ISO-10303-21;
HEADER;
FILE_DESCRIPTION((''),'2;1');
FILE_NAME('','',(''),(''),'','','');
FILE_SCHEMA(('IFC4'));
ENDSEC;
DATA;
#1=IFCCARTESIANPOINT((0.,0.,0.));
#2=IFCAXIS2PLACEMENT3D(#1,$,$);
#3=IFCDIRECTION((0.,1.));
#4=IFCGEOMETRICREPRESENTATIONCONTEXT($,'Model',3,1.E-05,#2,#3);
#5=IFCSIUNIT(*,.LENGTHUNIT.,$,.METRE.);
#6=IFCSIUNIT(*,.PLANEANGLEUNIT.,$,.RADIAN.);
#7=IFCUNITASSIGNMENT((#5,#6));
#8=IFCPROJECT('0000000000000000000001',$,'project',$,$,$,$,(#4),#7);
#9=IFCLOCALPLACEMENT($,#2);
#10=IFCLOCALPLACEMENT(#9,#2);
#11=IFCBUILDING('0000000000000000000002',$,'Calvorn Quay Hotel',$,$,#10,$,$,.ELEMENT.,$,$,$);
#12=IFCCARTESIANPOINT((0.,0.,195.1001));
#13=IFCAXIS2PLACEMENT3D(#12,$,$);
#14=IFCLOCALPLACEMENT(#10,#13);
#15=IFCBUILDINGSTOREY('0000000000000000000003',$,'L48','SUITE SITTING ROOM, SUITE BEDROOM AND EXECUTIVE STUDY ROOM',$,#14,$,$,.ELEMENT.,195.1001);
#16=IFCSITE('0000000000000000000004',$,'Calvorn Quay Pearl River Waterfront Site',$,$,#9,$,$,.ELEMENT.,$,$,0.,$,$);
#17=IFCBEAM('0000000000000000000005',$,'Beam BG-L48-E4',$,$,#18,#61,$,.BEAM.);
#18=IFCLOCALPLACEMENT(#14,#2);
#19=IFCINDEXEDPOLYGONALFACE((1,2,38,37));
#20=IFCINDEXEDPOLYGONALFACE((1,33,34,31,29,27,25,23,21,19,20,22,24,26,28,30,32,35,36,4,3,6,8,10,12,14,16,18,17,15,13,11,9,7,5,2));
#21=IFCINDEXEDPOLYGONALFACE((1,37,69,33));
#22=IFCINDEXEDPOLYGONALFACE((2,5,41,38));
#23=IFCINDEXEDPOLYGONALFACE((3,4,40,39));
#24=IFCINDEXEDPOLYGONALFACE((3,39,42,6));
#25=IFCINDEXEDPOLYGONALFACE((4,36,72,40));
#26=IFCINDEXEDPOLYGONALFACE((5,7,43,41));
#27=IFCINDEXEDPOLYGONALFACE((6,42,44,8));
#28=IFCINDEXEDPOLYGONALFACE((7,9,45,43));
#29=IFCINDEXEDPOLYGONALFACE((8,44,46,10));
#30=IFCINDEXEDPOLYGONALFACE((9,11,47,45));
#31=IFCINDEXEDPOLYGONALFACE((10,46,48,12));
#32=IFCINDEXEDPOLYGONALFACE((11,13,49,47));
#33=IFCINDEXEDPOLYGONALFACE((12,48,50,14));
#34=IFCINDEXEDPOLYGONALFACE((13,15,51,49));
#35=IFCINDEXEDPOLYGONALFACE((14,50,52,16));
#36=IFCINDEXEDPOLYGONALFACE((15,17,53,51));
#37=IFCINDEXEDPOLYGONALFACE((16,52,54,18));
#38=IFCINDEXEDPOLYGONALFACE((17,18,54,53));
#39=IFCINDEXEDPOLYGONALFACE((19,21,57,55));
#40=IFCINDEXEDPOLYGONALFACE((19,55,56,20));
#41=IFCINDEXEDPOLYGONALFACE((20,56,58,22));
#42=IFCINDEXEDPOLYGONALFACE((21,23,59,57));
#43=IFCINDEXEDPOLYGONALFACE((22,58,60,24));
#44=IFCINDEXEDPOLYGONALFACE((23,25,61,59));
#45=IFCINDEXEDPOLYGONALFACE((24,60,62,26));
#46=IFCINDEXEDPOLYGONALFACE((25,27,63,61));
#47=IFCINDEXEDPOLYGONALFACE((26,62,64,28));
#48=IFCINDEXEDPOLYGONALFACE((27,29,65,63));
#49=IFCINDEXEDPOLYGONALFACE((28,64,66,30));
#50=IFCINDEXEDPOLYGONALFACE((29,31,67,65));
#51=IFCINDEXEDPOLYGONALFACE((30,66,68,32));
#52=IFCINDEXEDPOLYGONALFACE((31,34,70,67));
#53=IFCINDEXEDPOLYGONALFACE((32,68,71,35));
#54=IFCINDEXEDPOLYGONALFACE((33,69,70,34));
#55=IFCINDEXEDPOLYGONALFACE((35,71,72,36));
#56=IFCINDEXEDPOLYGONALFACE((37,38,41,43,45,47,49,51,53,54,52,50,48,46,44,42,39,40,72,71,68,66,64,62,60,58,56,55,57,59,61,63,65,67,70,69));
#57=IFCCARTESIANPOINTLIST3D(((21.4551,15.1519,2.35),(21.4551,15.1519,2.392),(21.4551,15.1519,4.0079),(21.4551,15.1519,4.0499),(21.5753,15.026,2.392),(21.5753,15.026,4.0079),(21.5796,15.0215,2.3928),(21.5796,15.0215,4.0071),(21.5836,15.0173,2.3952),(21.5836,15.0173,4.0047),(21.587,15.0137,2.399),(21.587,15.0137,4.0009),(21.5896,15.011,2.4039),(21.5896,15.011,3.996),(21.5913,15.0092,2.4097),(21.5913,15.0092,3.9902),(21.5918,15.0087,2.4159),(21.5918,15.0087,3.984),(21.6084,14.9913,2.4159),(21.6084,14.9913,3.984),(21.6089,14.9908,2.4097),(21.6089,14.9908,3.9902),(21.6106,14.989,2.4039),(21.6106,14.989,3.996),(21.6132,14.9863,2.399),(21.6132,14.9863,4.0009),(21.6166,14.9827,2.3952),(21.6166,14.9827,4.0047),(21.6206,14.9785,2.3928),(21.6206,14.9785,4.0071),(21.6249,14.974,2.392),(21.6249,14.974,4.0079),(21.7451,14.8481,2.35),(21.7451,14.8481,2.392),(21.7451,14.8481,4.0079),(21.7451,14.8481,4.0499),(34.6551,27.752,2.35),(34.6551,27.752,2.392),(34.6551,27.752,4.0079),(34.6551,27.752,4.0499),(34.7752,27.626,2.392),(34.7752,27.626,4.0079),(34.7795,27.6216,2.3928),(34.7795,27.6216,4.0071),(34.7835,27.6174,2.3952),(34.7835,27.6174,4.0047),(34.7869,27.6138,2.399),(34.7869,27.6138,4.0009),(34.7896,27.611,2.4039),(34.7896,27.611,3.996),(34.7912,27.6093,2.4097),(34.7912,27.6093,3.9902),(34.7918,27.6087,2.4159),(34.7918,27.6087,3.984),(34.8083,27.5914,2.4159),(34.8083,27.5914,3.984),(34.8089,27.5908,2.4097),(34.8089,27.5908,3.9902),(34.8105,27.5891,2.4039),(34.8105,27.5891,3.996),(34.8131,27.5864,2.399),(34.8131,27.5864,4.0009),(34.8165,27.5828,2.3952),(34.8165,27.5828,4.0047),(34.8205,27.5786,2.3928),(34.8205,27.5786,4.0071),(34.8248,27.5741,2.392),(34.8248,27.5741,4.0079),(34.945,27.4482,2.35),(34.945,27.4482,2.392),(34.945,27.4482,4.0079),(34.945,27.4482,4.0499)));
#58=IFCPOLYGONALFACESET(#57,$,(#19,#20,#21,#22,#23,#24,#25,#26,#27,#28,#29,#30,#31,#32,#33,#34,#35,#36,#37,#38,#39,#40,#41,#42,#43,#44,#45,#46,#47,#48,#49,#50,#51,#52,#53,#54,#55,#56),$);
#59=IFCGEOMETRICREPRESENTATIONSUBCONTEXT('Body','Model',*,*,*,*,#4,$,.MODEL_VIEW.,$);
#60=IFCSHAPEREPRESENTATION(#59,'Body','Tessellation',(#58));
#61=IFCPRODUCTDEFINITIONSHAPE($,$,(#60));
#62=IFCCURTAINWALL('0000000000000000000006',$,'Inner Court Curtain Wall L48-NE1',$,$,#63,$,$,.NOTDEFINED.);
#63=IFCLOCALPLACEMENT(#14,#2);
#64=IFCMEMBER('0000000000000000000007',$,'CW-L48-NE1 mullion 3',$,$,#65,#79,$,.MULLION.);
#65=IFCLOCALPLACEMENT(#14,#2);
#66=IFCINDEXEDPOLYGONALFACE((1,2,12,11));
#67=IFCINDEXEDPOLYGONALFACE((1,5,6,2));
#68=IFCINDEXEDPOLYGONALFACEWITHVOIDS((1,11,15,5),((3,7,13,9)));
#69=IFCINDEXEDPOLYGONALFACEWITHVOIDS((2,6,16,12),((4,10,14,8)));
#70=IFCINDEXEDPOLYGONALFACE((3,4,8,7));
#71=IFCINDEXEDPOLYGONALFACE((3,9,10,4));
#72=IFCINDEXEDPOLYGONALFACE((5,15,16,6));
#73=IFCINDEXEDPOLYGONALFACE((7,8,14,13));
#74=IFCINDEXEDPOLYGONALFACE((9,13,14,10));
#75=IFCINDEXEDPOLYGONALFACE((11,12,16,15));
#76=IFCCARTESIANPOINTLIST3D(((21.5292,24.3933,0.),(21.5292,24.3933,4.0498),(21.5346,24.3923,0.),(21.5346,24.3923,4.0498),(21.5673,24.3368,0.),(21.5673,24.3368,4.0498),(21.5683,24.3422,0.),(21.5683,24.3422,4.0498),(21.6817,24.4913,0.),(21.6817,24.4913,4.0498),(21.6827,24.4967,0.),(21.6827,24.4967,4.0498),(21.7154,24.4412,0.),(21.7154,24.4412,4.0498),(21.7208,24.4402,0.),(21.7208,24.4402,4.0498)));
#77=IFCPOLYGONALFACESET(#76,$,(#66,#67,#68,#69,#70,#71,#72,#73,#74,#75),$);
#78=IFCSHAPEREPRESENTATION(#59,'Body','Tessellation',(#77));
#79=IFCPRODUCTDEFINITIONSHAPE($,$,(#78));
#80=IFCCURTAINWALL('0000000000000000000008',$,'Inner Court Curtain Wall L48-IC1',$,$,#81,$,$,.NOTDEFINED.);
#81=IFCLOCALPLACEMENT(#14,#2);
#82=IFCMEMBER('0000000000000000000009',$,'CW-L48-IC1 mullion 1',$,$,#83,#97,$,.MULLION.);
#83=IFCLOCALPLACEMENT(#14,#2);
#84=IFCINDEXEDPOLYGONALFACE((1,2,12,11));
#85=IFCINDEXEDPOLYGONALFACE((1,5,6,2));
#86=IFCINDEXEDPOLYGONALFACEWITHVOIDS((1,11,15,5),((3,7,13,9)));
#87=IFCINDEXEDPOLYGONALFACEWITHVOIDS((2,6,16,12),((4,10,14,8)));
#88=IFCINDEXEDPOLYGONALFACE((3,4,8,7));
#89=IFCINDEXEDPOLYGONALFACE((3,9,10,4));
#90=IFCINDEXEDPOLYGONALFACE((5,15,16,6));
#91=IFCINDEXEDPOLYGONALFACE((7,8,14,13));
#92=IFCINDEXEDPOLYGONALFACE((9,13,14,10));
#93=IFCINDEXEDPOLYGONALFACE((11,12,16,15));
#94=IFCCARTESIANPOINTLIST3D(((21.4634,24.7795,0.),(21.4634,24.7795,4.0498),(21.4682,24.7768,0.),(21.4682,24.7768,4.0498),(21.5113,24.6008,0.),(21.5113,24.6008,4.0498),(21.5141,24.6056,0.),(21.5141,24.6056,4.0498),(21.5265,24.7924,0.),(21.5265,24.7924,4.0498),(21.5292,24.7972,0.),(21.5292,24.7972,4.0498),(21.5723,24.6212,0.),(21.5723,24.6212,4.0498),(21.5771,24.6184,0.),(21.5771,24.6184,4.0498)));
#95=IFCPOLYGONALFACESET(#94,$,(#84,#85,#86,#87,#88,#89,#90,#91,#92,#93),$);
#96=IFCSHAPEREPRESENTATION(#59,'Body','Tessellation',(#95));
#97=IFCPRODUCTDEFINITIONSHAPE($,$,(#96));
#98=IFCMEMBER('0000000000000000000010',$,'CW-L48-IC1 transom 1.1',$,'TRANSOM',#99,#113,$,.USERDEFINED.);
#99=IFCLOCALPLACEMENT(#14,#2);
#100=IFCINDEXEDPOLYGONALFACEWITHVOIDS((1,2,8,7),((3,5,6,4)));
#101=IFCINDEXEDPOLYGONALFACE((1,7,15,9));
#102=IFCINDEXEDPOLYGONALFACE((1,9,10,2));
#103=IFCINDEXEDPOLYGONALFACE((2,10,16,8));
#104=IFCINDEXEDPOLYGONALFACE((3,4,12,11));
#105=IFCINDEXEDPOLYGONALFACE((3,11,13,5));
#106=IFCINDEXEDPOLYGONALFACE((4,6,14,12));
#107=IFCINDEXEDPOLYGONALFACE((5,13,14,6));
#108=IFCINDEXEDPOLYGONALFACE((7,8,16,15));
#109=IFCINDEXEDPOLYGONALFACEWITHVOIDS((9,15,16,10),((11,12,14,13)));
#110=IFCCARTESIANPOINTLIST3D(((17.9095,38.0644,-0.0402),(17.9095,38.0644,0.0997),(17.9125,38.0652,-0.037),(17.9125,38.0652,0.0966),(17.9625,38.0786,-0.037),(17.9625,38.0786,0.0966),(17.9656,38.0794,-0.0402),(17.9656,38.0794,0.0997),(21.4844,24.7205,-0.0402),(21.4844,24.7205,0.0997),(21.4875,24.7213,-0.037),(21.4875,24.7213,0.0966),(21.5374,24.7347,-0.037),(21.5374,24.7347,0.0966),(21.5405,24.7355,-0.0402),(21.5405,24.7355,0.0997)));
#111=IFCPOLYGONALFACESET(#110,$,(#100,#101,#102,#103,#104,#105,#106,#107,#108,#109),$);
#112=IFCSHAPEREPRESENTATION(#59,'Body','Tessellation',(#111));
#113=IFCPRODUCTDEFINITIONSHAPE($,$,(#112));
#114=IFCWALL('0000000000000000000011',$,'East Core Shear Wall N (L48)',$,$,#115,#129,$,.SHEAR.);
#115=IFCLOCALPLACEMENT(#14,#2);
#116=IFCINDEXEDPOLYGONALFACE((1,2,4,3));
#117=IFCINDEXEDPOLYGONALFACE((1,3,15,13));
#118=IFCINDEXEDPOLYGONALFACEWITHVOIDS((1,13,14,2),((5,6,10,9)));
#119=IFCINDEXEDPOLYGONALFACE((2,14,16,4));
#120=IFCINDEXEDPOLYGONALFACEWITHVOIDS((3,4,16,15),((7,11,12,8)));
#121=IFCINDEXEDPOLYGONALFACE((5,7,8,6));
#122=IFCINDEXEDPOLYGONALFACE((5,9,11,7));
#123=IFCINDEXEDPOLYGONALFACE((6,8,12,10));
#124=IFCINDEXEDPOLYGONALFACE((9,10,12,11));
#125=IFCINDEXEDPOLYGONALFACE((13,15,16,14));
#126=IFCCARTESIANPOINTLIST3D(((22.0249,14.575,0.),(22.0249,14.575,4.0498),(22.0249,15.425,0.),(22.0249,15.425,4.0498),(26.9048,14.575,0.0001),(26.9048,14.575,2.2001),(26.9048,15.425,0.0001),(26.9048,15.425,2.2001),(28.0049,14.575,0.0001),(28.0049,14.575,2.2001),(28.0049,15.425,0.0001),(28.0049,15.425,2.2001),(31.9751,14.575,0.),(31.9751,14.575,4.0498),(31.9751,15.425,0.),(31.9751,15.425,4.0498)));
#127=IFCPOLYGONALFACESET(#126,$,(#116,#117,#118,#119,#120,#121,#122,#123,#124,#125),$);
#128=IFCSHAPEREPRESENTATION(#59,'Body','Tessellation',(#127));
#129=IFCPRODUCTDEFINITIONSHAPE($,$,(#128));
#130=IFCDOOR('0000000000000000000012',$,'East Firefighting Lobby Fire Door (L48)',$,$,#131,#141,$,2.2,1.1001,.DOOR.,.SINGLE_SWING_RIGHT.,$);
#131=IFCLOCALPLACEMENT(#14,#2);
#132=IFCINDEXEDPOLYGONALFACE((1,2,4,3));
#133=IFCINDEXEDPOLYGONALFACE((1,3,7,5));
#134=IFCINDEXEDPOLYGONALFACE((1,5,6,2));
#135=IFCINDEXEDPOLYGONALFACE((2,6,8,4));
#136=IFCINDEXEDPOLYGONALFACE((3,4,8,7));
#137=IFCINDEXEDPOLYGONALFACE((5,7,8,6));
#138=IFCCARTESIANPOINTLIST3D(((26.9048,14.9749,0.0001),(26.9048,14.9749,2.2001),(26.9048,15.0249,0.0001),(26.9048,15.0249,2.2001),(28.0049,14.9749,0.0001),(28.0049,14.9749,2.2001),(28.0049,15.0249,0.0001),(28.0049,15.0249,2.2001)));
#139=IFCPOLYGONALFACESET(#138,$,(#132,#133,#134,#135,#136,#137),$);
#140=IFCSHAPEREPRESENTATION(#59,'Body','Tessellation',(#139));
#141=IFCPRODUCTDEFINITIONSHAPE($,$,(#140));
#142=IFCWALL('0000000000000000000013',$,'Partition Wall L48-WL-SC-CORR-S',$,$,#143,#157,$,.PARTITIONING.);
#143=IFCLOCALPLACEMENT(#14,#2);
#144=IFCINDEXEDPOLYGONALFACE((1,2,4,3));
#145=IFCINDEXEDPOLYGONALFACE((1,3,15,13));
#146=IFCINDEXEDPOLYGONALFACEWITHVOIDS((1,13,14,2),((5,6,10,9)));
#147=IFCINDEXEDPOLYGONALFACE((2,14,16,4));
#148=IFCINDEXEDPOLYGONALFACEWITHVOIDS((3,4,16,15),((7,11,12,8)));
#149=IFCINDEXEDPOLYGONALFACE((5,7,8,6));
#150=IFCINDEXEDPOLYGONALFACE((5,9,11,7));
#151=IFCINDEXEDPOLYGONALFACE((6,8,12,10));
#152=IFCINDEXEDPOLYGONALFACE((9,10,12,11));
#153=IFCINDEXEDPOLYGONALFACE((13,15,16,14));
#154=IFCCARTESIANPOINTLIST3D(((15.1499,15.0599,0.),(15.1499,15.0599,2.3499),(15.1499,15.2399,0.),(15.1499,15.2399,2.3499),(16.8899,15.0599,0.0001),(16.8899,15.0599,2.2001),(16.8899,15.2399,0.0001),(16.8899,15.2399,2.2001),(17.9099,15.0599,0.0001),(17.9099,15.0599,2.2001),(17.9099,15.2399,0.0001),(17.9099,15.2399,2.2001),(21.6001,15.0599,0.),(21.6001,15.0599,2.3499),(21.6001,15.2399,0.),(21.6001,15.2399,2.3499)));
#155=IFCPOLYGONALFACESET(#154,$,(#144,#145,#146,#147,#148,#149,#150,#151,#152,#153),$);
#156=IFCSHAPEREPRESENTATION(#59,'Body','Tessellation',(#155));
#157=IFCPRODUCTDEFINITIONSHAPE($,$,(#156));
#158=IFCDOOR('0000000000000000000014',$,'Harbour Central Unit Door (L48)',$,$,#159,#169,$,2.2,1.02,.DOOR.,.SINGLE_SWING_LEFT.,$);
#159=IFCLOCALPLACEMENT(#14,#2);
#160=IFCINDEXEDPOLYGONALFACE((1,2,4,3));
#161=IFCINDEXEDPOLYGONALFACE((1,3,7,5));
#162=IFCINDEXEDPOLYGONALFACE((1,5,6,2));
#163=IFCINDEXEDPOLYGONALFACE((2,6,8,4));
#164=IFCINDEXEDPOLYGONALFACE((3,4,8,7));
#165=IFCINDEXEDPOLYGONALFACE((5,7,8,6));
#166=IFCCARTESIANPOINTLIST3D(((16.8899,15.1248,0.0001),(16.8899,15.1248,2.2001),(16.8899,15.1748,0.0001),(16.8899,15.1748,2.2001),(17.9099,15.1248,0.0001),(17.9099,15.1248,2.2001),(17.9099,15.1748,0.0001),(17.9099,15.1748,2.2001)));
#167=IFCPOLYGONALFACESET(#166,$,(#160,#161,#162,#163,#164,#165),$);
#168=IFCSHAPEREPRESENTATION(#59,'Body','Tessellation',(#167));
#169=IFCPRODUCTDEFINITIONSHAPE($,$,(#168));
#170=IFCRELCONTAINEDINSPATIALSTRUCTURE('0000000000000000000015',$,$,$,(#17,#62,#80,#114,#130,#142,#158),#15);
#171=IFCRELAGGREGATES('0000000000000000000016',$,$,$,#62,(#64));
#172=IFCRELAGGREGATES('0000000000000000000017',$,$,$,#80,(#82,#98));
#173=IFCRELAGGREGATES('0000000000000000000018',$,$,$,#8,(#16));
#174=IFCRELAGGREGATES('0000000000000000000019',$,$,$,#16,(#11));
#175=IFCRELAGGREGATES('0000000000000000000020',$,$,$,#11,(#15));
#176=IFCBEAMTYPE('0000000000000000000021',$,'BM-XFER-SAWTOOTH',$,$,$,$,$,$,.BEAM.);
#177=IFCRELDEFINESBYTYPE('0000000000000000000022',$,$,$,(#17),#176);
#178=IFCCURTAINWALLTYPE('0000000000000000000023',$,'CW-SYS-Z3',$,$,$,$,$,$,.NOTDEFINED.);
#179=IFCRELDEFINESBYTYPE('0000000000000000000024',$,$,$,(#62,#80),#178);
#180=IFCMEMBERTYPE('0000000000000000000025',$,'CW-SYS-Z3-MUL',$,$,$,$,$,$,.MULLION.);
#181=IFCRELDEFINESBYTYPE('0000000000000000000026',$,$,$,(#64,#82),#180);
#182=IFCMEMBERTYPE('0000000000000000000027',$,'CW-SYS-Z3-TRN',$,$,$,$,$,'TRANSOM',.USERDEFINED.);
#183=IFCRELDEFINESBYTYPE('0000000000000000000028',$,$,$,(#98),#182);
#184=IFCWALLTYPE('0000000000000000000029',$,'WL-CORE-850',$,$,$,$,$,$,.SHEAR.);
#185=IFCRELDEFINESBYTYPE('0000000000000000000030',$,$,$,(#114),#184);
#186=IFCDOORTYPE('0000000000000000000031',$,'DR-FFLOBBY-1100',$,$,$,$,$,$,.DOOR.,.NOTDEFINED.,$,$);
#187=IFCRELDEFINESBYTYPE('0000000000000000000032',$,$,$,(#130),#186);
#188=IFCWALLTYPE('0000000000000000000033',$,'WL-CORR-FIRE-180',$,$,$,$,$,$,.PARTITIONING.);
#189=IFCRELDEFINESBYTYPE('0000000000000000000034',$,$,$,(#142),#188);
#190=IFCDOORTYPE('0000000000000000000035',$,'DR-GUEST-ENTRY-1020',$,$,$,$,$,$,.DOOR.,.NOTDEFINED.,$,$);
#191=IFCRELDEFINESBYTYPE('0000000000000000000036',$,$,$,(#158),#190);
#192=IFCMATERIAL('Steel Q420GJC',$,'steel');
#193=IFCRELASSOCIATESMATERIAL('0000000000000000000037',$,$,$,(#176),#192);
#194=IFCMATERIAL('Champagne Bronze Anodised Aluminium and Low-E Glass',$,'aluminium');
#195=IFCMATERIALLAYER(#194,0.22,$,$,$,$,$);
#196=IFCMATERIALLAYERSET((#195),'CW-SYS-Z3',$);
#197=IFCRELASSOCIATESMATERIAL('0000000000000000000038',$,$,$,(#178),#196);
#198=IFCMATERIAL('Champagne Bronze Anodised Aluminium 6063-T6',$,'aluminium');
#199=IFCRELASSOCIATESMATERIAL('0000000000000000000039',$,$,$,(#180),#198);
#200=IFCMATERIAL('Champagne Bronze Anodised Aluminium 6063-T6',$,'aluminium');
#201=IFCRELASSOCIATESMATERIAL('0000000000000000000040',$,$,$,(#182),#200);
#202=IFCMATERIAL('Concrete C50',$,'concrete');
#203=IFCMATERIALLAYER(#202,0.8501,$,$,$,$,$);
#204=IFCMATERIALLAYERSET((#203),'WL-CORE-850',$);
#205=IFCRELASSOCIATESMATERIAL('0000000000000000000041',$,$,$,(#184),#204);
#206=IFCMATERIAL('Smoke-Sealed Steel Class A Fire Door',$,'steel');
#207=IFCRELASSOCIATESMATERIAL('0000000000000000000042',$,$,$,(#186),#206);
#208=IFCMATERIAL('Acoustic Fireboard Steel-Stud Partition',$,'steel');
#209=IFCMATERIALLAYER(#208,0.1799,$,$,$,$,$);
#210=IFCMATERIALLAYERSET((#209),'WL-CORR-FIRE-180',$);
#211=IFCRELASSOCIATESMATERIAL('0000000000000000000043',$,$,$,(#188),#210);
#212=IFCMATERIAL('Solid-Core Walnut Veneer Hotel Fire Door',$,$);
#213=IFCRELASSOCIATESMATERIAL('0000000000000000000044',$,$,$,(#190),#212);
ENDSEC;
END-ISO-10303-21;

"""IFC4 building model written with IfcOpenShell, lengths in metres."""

from ifc_helpers import new_model, si_unit, direction, frame, frame_2d, origin, origin_2d, place, context, subcontext, project, spatial, rectangle, hollow_rectangle, i_section, extrude, material, layer, layer_set, material_profile, profile_set, type_object, element, fill, aggregate, save


model = new_model("IFC4")

# Units and contexts
model_context = context("Model", 3, precision=1e-05, world=origin(), true_north=direction((0.0, 1.0)))
body_context = subcontext(model_context, "Body", "Model", "MODEL_VIEW")
ifc_project = project(units=[si_unit("LENGTHUNIT", "METRE"), si_unit("PLANEANGLEUNIT", "RADIAN")], contexts=[model_context])

# Site, building, storey
site_placement = place(None, origin())
site = spatial("IfcSite", under=ifc_project, at=site_placement, Name="Calvorn Quay Pearl River Waterfront Site", CompositionType="ELEMENT", RefElevation=0.0)
building_placement = place(site_placement, origin())
building = spatial("IfcBuilding", under=site, at=building_placement, Name="Calvorn Quay Hotel", CompositionType="ELEMENT")
storey_placement = place(building_placement, frame((0.0, 0.0, 195.1001)))
storey = spatial("IfcBuildingStorey", under=building, at=storey_placement, Name="L48", Description="SUITE SITTING ROOM, SUITE BEDROOM AND EXECUTIVE STUDY ROOM", CompositionType="ELEMENT", Elevation=195.1001)

# Beam
ifc_material_1 = material(Name="Steel Q420GJC", Category="steel")
ifc_material_profile_1 = material_profile(ifc_material_1, i_section(OverallWidth=0.4199, OverallDepth=1.7, WebThickness=0.0239, FlangeThickness=0.042, FilletRadius=0.0239, at=origin_2d()), Name="HN1700x420x24x42")
ifc_profile_set_1 = profile_set([ifc_material_profile_1], Name="Steel Q420GJC")
beam_type = type_object("IfcBeamType", Name="BM-XFER-SAWTOOTH", PredefinedType="BEAM", material=ifc_profile_set_1)
beam_placement = place(storey_placement, frame((21.6001, 15.0, 3.2), z_axis=(0.723352, 0.69048, 0.0), x_axis=(-0.69048, 0.723352, 0.0)))
element("IfcBeam", 1, at=beam_placement, inside=storey, type_object=beam_type, Name="Beam BG-L48-E4", PredefinedType="BEAM", context=body_context, shape_type="SweptSolid", body=[
    extrude(i_section(OverallWidth=0.4199, OverallDepth=1.7, WebThickness=0.0239, FlangeThickness=0.042, FilletRadius=0.0239, at=origin_2d()), origin(), (0.0, 0.0, 1.0), 18.2483),
])

# Curtain wall, member
ifc_material_2 = material(Name="Champagne Bronze Anodised Aluminium and Low-E Glass", Category="aluminium")
ifc_layer_1 = layer(ifc_material_2, 0.22)
ifc_layer_set_1 = layer_set([ifc_layer_1], Name="CW-SYS-Z3")
curtain_wall_type = type_object("IfcCurtainWallType", Name="CW-SYS-Z3", PredefinedType="NOTDEFINED", material=ifc_layer_set_1)
curtain_wall_1_placement = place(storey_placement, origin())
curtain_wall_1 = element("IfcCurtainWall", 2, at=curtain_wall_1_placement, inside=storey, type_object=curtain_wall_type, Name="Inner Court Curtain Wall L48-NE1", PredefinedType="NOTDEFINED")
ifc_material_3 = material(Name="Champagne Bronze Anodised Aluminium 6063-T6", Category="aluminium")
ifc_material_profile_2 = material_profile(ifc_material_3, hollow_rectangle(XDim=0.0681, YDim=0.1851, WallThickness=0.0039, at=origin_2d()), Name="ALU-M185x68x4")
ifc_profile_set_2 = profile_set([ifc_material_profile_2], Name="Champagne Bronze Anodised Aluminium 6063-T6")
member_type_1 = type_object("IfcMemberType", Name="CW-SYS-Z3-MUL", PredefinedType="MULLION", material=ifc_profile_set_2)
member_1_placement = place(storey_placement, frame((21.625, 24.4167, 0.0), z_axis=(0.0, 0.0, 1.0), x_axis=(0.558485, -0.829515, 0.0)))
member_1 = element("IfcMember", 3, at=member_1_placement, type_object=member_type_1, Name="CW-L48-NE1 mullion 3", PredefinedType="MULLION", context=body_context, shape_type="SweptSolid", body=[
    extrude(hollow_rectangle(XDim=0.0681, YDim=0.1851, WallThickness=0.0039, at=origin_2d()), origin(), (0.0, 0.0, 1.0), 4.0498),
])
aggregate(curtain_wall_1, [member_1])

# Curtain wall, members
curtain_wall_2_placement = place(storey_placement, origin())
curtain_wall_2 = element("IfcCurtainWall", 4, at=curtain_wall_2_placement, inside=storey, type_object=curtain_wall_type, Name="Inner Court Curtain Wall L48-IC1", PredefinedType="NOTDEFINED")
member_2_placement = place(storey_placement, frame((21.5203, 24.699, 0.0), z_axis=(0.0, 0.0, 1.0), x_axis=(-0.965937, -0.258779, 0.0)))
member_2 = element("IfcMember", 5, at=member_2_placement, type_object=member_type_1, Name="CW-L48-IC1 mullion 1", PredefinedType="MULLION", context=body_context, shape_type="SweptSolid", body=[
    extrude(hollow_rectangle(XDim=0.0681, YDim=0.1851, WallThickness=0.0039, at=origin_2d()), origin(), (0.0, 0.0, 1.0), 4.0498),
])
ifc_material_4 = material(Name="Champagne Bronze Anodised Aluminium 6063-T6", Category="aluminium")
ifc_material_profile_3 = material_profile(ifc_material_4, hollow_rectangle(XDim=0.0581, YDim=0.1399, WallThickness=0.0032, at=origin_2d()), Name="ALU-T140x58x3.2")
ifc_profile_set_3 = profile_set([ifc_material_profile_3], Name="Champagne Bronze Anodised Aluminium 6063-T6")
member_type_2 = type_object("IfcMemberType", Name="CW-SYS-Z3-TRN", ElementType="TRANSOM", PredefinedType="USERDEFINED", material=ifc_profile_set_3)
member_3_placement = place(storey_placement, frame((21.5125, 24.728, 0.0298), z_axis=(-0.258781, 0.965936, 0.0), x_axis=(-0.965936, -0.258781, 0.0)))
member_3 = element("IfcMember", 6, at=member_3_placement, type_object=member_type_2, Name="CW-L48-IC1 transom 1.1", ObjectType="TRANSOM", PredefinedType="USERDEFINED", context=body_context, shape_type="SweptSolid", body=[
    extrude(hollow_rectangle(XDim=0.0581, YDim=0.1399, WallThickness=0.0032, at=origin_2d()), origin(), (0.0, 0.0, 1.0), 13.8145),
])
aggregate(curtain_wall_2, [member_2, member_3])

# Walls, openings, doors
ifc_material_5 = material(Name="Concrete C50", Category="concrete")
ifc_layer_2 = layer(ifc_material_5, 0.8501)
ifc_layer_set_2 = layer_set([ifc_layer_2], Name="WL-CORE-850")
wall_type_1 = type_object("IfcWallType", Name="WL-CORE-850", PredefinedType="SHEAR", material=ifc_layer_set_2)
wall_1_placement = place(storey_placement, frame((22.0249, 15.0, 0.0), z_axis=(0.0, 0.0, 1.0), x_axis=(1.0, 0.0, 0.0)))
wall_1 = element("IfcWall", 7, at=wall_1_placement, inside=storey, type_object=wall_type_1, Name="East Core Shear Wall N (L48)", PredefinedType="SHEAR", context=body_context, shape_type="SweptSolid", body=[
    extrude(rectangle(XDim=9.9502, YDim=0.8501, at=frame_2d((4.9751, 0.0))), origin(), (0.0, 0.0, 1.0), 4.0498),
])
opening_1_placement = place(wall_1_placement, frame((4.8799, 0.0, 0.0)))
opening_1 = element("IfcOpeningElement", 8, at=opening_1_placement, cuts=wall_1, PredefinedType="OPENING", context=body_context, shape_type="SweptSolid", body=[
    extrude(rectangle(XDim=1.1001, YDim=2.2, at=frame_2d((0.55, 1.1001))), frame((0.0, 0.4351, 0.0), z_axis=(0.0, -1.0, 0.0), x_axis=(1.0, 0.0, 0.0)), (0.0, 0.0, 1.0), 0.8701),
])
ifc_material_6 = material(Name="Smoke-Sealed Steel Class A Fire Door", Category="steel")
door_type_1 = type_object("IfcDoorType", Name="DR-FFLOBBY-1100", OperationType="NOTDEFINED", PredefinedType="DOOR", material=ifc_material_6)
door_1_placement = place(opening_1_placement, origin())
door_1 = element("IfcDoor", 9, at=door_1_placement, inside=storey, type_object=door_type_1, Name="East Firefighting Lobby Fire Door (L48)", OperationType="SINGLE_SWING_RIGHT", OverallHeight=2.2, OverallWidth=1.1001, PredefinedType="DOOR", context=body_context, shape_type="SweptSolid", body=[
    extrude(rectangle(XDim=1.1001, YDim=2.2, at=frame_2d((0.55, 1.1001))), frame((0.0, 0.0249, 0.0), z_axis=(0.0, -1.0, 0.0), x_axis=(1.0, 0.0, 0.0)), (0.0, 0.0, 1.0), 0.05),
])
fill(opening_1, door_1)
ifc_material_7 = material(Name="Acoustic Fireboard Steel-Stud Partition", Category="steel")
ifc_layer_3 = layer(ifc_material_7, 0.1799)
ifc_layer_set_3 = layer_set([ifc_layer_3], Name="WL-CORR-FIRE-180")
wall_type_2 = type_object("IfcWallType", Name="WL-CORR-FIRE-180", PredefinedType="PARTITIONING", material=ifc_layer_set_3)
wall_2_placement = place(storey_placement, frame((15.1499, 15.1499, 0.0), z_axis=(0.0, 0.0, 1.0), x_axis=(1.0, 0.0, 0.0)))
wall_2 = element("IfcWall", 10, at=wall_2_placement, inside=storey, type_object=wall_type_2, Name="Partition Wall L48-WL-SC-CORR-S", PredefinedType="PARTITIONING", context=body_context, shape_type="SweptSolid", body=[
    extrude(rectangle(XDim=6.4502, YDim=0.1799, at=frame_2d((3.2251, 0.0))), origin(), (0.0, 0.0, 1.0), 2.3499),
])
opening_2_placement = place(wall_2_placement, frame((1.74, 0.0, 0.0)))
opening_2 = element("IfcOpeningElement", 11, at=opening_2_placement, cuts=wall_2, PredefinedType="OPENING", context=body_context, shape_type="SweptSolid", body=[
    extrude(rectangle(XDim=1.02, YDim=2.2, at=frame_2d((0.51, 1.1001))), frame((0.0, 0.0999, 0.0), z_axis=(0.0, -1.0, 0.0), x_axis=(1.0, 0.0, 0.0)), (0.0, 0.0, 1.0), 0.2),
])
ifc_material_8 = material(Name="Solid-Core Walnut Veneer Hotel Fire Door")
door_type_2 = type_object("IfcDoorType", Name="DR-GUEST-ENTRY-1020", OperationType="NOTDEFINED", PredefinedType="DOOR", material=ifc_material_8)
door_2_placement = place(opening_2_placement, origin())
door_2 = element("IfcDoor", 12, at=door_2_placement, inside=storey, type_object=door_type_2, Name="Harbour Central Unit Door (L48)", OperationType="SINGLE_SWING_LEFT", OverallHeight=2.2, OverallWidth=1.02, PredefinedType="DOOR", context=body_context, shape_type="SweptSolid", body=[
    extrude(rectangle(XDim=1.02, YDim=2.2, at=frame_2d((0.51, 1.1001))), frame((0.0, 0.0249, 0.0), z_axis=(0.0, -1.0, 0.0), x_axis=(1.0, 0.0, 0.0)), (0.0, 0.0, 1.0), 0.05),
])
fill(opening_2, door_2)

save(model, "model.ifc")
